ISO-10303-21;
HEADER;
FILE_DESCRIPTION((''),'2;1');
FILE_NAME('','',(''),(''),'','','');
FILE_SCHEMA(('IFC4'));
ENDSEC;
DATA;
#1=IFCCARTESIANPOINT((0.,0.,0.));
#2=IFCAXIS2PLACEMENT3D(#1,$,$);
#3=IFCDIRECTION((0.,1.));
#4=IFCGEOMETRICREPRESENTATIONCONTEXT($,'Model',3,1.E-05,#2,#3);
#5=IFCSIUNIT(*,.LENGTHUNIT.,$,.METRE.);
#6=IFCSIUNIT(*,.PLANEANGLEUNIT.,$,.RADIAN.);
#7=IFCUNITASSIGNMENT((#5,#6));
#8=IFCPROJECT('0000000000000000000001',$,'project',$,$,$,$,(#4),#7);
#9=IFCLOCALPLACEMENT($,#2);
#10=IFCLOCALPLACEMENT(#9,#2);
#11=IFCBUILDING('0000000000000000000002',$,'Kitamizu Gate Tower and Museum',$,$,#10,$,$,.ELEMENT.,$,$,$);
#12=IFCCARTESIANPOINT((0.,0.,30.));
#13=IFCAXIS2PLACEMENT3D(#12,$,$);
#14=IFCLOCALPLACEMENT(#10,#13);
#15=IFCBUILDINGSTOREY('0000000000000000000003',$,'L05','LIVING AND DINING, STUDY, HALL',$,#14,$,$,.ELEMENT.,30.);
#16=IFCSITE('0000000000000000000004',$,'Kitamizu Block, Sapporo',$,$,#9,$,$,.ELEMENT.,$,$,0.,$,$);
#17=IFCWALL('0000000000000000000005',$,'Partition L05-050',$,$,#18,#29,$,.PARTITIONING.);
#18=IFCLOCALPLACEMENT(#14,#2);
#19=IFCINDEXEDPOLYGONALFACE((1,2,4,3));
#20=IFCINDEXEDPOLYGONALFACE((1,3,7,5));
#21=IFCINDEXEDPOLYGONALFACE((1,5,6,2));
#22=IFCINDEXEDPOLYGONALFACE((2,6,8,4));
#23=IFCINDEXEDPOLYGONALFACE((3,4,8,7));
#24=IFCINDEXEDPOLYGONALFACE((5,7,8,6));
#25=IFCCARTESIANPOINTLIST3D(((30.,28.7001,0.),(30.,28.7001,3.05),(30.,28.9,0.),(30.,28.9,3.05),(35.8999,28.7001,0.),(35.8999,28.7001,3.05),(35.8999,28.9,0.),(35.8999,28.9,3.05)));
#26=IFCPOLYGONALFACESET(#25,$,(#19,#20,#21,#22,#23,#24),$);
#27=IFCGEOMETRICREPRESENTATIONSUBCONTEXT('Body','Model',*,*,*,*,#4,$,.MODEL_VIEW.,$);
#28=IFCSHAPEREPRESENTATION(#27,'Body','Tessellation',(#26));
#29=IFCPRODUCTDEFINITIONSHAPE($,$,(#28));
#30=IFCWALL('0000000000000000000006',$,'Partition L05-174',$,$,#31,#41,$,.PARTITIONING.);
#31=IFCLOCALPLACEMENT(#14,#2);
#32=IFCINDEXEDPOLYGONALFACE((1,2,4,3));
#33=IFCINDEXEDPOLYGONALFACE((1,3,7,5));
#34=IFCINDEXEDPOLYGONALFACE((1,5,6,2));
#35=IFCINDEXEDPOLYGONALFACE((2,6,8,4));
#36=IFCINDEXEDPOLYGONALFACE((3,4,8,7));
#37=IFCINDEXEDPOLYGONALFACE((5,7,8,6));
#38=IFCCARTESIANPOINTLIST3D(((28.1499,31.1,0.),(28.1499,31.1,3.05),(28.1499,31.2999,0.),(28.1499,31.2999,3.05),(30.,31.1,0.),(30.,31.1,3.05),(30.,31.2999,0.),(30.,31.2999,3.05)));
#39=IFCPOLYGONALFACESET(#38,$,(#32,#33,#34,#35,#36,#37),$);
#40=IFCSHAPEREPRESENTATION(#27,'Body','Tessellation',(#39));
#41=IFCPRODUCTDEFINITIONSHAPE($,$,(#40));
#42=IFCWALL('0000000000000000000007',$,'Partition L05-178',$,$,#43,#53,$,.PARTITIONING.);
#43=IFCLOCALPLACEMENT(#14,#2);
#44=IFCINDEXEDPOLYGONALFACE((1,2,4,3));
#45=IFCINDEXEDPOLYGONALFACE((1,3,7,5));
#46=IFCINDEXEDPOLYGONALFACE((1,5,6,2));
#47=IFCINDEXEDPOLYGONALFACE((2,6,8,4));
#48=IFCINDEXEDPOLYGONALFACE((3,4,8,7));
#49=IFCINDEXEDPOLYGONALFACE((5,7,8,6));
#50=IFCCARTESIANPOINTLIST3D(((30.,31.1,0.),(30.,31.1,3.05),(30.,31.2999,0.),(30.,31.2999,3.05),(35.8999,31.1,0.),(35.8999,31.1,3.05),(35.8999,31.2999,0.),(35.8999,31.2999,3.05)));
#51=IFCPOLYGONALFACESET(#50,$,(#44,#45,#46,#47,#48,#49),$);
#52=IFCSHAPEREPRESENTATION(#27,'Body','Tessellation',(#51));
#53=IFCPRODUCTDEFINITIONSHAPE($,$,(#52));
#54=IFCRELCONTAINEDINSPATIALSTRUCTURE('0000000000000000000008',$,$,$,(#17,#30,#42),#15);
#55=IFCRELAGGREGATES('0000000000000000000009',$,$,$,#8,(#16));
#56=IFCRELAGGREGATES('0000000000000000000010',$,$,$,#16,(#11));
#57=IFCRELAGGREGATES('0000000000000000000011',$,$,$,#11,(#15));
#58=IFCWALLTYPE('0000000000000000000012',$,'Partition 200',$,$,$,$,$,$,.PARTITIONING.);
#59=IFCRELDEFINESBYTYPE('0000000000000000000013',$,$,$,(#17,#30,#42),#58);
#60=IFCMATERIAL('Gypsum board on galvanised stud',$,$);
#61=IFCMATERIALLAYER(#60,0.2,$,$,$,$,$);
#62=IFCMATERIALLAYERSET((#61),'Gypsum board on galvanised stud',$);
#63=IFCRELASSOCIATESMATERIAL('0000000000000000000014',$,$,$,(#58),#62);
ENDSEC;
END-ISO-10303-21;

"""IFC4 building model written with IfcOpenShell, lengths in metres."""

from ifc_helpers import new_model, si_unit, direction, frame, frame_2d, origin, place, context, subcontext, project, spatial, rectangle, extrude, material, layer, layer_set, type_object, element, save


model = new_model("IFC4")

# Units and contexts
model_context = context("Model", 3, precision=1e-05, world=origin(), true_north=direction((0.0, 1.0)))
body_context = subcontext(model_context, "Body", "Model", "MODEL_VIEW")
ifc_project = project(units=[si_unit("LENGTHUNIT", "METRE"), si_unit("PLANEANGLEUNIT", "RADIAN")], contexts=[model_context])

# Site, building, storey
site_placement = place(None, origin())
site = spatial("IfcSite", under=ifc_project, at=site_placement, Name="Kitamizu Block, Sapporo", CompositionType="ELEMENT", RefElevation=0.0)
building_placement = place(site_placement, origin())
building = spatial("IfcBuilding", under=site, at=building_placement, Name="Kitamizu Gate Tower and Museum", CompositionType="ELEMENT")
storey_placement = place(building_placement, frame((0.0, 0.0, 30.0)))
storey = spatial("IfcBuildingStorey", under=building, at=storey_placement, Name="L05", Description="LIVING AND DINING, STUDY, HALL", CompositionType="ELEMENT", Elevation=30.0)

# Walls
ifc_material_1 = material(Name="Gypsum board on galvanised stud")
ifc_layer_1 = layer(ifc_material_1, 0.2)
ifc_layer_set_1 = layer_set([ifc_layer_1], Name="Gypsum board on galvanised stud")
wall_type_1 = type_object("IfcWallType", Name="Partition 200", PredefinedType="PARTITIONING", material=ifc_layer_set_1)
wall_1_placement = place(storey_placement, frame((35.8999, 28.8, 0.0), z_axis=(0.0, 0.0, 1.0), x_axis=(-1.0, 0.0, 0.0)))
element("IfcWall", 1, at=wall_1_placement, inside=storey, type_object=wall_type_1, Name="Partition L05-050", PredefinedType="PARTITIONING", context=body_context, shape_type="SweptSolid", body=[
    extrude(rectangle(XDim=5.8999, YDim=0.2, at=frame_2d((2.95, 0.0))), origin(), (0.0, 0.0, 1.0), 3.05),
])
wall_2_placement = place(storey_placement, frame((28.1499, 31.2, 0.0), z_axis=(0.0, 0.0, 1.0), x_axis=(1.0, 0.0, 0.0)))
element("IfcWall", 2, at=wall_2_placement, inside=storey, type_object=wall_type_1, Name="Partition L05-174", PredefinedType="PARTITIONING", context=body_context, shape_type="SweptSolid", body=[
    extrude(rectangle(XDim=1.8501, YDim=0.2, at=frame_2d((0.925, 0.0))), origin(), (0.0, 0.0, 1.0), 3.05),
])
wall_3_placement = place(storey_placement, frame((30.0, 31.2, 0.0), z_axis=(0.0, 0.0, 1.0), x_axis=(1.0, 0.0, 0.0)))
element("IfcWall", 3, at=wall_3_placement, inside=storey, type_object=wall_type_1, Name="Partition L05-178", PredefinedType="PARTITIONING", context=body_context, shape_type="SweptSolid", body=[
    extrude(rectangle(XDim=5.8999, YDim=0.2, at=frame_2d((2.95, 0.0))), origin(), (0.0, 0.0, 1.0), 3.05),
])

save(model, "model.ifc")
